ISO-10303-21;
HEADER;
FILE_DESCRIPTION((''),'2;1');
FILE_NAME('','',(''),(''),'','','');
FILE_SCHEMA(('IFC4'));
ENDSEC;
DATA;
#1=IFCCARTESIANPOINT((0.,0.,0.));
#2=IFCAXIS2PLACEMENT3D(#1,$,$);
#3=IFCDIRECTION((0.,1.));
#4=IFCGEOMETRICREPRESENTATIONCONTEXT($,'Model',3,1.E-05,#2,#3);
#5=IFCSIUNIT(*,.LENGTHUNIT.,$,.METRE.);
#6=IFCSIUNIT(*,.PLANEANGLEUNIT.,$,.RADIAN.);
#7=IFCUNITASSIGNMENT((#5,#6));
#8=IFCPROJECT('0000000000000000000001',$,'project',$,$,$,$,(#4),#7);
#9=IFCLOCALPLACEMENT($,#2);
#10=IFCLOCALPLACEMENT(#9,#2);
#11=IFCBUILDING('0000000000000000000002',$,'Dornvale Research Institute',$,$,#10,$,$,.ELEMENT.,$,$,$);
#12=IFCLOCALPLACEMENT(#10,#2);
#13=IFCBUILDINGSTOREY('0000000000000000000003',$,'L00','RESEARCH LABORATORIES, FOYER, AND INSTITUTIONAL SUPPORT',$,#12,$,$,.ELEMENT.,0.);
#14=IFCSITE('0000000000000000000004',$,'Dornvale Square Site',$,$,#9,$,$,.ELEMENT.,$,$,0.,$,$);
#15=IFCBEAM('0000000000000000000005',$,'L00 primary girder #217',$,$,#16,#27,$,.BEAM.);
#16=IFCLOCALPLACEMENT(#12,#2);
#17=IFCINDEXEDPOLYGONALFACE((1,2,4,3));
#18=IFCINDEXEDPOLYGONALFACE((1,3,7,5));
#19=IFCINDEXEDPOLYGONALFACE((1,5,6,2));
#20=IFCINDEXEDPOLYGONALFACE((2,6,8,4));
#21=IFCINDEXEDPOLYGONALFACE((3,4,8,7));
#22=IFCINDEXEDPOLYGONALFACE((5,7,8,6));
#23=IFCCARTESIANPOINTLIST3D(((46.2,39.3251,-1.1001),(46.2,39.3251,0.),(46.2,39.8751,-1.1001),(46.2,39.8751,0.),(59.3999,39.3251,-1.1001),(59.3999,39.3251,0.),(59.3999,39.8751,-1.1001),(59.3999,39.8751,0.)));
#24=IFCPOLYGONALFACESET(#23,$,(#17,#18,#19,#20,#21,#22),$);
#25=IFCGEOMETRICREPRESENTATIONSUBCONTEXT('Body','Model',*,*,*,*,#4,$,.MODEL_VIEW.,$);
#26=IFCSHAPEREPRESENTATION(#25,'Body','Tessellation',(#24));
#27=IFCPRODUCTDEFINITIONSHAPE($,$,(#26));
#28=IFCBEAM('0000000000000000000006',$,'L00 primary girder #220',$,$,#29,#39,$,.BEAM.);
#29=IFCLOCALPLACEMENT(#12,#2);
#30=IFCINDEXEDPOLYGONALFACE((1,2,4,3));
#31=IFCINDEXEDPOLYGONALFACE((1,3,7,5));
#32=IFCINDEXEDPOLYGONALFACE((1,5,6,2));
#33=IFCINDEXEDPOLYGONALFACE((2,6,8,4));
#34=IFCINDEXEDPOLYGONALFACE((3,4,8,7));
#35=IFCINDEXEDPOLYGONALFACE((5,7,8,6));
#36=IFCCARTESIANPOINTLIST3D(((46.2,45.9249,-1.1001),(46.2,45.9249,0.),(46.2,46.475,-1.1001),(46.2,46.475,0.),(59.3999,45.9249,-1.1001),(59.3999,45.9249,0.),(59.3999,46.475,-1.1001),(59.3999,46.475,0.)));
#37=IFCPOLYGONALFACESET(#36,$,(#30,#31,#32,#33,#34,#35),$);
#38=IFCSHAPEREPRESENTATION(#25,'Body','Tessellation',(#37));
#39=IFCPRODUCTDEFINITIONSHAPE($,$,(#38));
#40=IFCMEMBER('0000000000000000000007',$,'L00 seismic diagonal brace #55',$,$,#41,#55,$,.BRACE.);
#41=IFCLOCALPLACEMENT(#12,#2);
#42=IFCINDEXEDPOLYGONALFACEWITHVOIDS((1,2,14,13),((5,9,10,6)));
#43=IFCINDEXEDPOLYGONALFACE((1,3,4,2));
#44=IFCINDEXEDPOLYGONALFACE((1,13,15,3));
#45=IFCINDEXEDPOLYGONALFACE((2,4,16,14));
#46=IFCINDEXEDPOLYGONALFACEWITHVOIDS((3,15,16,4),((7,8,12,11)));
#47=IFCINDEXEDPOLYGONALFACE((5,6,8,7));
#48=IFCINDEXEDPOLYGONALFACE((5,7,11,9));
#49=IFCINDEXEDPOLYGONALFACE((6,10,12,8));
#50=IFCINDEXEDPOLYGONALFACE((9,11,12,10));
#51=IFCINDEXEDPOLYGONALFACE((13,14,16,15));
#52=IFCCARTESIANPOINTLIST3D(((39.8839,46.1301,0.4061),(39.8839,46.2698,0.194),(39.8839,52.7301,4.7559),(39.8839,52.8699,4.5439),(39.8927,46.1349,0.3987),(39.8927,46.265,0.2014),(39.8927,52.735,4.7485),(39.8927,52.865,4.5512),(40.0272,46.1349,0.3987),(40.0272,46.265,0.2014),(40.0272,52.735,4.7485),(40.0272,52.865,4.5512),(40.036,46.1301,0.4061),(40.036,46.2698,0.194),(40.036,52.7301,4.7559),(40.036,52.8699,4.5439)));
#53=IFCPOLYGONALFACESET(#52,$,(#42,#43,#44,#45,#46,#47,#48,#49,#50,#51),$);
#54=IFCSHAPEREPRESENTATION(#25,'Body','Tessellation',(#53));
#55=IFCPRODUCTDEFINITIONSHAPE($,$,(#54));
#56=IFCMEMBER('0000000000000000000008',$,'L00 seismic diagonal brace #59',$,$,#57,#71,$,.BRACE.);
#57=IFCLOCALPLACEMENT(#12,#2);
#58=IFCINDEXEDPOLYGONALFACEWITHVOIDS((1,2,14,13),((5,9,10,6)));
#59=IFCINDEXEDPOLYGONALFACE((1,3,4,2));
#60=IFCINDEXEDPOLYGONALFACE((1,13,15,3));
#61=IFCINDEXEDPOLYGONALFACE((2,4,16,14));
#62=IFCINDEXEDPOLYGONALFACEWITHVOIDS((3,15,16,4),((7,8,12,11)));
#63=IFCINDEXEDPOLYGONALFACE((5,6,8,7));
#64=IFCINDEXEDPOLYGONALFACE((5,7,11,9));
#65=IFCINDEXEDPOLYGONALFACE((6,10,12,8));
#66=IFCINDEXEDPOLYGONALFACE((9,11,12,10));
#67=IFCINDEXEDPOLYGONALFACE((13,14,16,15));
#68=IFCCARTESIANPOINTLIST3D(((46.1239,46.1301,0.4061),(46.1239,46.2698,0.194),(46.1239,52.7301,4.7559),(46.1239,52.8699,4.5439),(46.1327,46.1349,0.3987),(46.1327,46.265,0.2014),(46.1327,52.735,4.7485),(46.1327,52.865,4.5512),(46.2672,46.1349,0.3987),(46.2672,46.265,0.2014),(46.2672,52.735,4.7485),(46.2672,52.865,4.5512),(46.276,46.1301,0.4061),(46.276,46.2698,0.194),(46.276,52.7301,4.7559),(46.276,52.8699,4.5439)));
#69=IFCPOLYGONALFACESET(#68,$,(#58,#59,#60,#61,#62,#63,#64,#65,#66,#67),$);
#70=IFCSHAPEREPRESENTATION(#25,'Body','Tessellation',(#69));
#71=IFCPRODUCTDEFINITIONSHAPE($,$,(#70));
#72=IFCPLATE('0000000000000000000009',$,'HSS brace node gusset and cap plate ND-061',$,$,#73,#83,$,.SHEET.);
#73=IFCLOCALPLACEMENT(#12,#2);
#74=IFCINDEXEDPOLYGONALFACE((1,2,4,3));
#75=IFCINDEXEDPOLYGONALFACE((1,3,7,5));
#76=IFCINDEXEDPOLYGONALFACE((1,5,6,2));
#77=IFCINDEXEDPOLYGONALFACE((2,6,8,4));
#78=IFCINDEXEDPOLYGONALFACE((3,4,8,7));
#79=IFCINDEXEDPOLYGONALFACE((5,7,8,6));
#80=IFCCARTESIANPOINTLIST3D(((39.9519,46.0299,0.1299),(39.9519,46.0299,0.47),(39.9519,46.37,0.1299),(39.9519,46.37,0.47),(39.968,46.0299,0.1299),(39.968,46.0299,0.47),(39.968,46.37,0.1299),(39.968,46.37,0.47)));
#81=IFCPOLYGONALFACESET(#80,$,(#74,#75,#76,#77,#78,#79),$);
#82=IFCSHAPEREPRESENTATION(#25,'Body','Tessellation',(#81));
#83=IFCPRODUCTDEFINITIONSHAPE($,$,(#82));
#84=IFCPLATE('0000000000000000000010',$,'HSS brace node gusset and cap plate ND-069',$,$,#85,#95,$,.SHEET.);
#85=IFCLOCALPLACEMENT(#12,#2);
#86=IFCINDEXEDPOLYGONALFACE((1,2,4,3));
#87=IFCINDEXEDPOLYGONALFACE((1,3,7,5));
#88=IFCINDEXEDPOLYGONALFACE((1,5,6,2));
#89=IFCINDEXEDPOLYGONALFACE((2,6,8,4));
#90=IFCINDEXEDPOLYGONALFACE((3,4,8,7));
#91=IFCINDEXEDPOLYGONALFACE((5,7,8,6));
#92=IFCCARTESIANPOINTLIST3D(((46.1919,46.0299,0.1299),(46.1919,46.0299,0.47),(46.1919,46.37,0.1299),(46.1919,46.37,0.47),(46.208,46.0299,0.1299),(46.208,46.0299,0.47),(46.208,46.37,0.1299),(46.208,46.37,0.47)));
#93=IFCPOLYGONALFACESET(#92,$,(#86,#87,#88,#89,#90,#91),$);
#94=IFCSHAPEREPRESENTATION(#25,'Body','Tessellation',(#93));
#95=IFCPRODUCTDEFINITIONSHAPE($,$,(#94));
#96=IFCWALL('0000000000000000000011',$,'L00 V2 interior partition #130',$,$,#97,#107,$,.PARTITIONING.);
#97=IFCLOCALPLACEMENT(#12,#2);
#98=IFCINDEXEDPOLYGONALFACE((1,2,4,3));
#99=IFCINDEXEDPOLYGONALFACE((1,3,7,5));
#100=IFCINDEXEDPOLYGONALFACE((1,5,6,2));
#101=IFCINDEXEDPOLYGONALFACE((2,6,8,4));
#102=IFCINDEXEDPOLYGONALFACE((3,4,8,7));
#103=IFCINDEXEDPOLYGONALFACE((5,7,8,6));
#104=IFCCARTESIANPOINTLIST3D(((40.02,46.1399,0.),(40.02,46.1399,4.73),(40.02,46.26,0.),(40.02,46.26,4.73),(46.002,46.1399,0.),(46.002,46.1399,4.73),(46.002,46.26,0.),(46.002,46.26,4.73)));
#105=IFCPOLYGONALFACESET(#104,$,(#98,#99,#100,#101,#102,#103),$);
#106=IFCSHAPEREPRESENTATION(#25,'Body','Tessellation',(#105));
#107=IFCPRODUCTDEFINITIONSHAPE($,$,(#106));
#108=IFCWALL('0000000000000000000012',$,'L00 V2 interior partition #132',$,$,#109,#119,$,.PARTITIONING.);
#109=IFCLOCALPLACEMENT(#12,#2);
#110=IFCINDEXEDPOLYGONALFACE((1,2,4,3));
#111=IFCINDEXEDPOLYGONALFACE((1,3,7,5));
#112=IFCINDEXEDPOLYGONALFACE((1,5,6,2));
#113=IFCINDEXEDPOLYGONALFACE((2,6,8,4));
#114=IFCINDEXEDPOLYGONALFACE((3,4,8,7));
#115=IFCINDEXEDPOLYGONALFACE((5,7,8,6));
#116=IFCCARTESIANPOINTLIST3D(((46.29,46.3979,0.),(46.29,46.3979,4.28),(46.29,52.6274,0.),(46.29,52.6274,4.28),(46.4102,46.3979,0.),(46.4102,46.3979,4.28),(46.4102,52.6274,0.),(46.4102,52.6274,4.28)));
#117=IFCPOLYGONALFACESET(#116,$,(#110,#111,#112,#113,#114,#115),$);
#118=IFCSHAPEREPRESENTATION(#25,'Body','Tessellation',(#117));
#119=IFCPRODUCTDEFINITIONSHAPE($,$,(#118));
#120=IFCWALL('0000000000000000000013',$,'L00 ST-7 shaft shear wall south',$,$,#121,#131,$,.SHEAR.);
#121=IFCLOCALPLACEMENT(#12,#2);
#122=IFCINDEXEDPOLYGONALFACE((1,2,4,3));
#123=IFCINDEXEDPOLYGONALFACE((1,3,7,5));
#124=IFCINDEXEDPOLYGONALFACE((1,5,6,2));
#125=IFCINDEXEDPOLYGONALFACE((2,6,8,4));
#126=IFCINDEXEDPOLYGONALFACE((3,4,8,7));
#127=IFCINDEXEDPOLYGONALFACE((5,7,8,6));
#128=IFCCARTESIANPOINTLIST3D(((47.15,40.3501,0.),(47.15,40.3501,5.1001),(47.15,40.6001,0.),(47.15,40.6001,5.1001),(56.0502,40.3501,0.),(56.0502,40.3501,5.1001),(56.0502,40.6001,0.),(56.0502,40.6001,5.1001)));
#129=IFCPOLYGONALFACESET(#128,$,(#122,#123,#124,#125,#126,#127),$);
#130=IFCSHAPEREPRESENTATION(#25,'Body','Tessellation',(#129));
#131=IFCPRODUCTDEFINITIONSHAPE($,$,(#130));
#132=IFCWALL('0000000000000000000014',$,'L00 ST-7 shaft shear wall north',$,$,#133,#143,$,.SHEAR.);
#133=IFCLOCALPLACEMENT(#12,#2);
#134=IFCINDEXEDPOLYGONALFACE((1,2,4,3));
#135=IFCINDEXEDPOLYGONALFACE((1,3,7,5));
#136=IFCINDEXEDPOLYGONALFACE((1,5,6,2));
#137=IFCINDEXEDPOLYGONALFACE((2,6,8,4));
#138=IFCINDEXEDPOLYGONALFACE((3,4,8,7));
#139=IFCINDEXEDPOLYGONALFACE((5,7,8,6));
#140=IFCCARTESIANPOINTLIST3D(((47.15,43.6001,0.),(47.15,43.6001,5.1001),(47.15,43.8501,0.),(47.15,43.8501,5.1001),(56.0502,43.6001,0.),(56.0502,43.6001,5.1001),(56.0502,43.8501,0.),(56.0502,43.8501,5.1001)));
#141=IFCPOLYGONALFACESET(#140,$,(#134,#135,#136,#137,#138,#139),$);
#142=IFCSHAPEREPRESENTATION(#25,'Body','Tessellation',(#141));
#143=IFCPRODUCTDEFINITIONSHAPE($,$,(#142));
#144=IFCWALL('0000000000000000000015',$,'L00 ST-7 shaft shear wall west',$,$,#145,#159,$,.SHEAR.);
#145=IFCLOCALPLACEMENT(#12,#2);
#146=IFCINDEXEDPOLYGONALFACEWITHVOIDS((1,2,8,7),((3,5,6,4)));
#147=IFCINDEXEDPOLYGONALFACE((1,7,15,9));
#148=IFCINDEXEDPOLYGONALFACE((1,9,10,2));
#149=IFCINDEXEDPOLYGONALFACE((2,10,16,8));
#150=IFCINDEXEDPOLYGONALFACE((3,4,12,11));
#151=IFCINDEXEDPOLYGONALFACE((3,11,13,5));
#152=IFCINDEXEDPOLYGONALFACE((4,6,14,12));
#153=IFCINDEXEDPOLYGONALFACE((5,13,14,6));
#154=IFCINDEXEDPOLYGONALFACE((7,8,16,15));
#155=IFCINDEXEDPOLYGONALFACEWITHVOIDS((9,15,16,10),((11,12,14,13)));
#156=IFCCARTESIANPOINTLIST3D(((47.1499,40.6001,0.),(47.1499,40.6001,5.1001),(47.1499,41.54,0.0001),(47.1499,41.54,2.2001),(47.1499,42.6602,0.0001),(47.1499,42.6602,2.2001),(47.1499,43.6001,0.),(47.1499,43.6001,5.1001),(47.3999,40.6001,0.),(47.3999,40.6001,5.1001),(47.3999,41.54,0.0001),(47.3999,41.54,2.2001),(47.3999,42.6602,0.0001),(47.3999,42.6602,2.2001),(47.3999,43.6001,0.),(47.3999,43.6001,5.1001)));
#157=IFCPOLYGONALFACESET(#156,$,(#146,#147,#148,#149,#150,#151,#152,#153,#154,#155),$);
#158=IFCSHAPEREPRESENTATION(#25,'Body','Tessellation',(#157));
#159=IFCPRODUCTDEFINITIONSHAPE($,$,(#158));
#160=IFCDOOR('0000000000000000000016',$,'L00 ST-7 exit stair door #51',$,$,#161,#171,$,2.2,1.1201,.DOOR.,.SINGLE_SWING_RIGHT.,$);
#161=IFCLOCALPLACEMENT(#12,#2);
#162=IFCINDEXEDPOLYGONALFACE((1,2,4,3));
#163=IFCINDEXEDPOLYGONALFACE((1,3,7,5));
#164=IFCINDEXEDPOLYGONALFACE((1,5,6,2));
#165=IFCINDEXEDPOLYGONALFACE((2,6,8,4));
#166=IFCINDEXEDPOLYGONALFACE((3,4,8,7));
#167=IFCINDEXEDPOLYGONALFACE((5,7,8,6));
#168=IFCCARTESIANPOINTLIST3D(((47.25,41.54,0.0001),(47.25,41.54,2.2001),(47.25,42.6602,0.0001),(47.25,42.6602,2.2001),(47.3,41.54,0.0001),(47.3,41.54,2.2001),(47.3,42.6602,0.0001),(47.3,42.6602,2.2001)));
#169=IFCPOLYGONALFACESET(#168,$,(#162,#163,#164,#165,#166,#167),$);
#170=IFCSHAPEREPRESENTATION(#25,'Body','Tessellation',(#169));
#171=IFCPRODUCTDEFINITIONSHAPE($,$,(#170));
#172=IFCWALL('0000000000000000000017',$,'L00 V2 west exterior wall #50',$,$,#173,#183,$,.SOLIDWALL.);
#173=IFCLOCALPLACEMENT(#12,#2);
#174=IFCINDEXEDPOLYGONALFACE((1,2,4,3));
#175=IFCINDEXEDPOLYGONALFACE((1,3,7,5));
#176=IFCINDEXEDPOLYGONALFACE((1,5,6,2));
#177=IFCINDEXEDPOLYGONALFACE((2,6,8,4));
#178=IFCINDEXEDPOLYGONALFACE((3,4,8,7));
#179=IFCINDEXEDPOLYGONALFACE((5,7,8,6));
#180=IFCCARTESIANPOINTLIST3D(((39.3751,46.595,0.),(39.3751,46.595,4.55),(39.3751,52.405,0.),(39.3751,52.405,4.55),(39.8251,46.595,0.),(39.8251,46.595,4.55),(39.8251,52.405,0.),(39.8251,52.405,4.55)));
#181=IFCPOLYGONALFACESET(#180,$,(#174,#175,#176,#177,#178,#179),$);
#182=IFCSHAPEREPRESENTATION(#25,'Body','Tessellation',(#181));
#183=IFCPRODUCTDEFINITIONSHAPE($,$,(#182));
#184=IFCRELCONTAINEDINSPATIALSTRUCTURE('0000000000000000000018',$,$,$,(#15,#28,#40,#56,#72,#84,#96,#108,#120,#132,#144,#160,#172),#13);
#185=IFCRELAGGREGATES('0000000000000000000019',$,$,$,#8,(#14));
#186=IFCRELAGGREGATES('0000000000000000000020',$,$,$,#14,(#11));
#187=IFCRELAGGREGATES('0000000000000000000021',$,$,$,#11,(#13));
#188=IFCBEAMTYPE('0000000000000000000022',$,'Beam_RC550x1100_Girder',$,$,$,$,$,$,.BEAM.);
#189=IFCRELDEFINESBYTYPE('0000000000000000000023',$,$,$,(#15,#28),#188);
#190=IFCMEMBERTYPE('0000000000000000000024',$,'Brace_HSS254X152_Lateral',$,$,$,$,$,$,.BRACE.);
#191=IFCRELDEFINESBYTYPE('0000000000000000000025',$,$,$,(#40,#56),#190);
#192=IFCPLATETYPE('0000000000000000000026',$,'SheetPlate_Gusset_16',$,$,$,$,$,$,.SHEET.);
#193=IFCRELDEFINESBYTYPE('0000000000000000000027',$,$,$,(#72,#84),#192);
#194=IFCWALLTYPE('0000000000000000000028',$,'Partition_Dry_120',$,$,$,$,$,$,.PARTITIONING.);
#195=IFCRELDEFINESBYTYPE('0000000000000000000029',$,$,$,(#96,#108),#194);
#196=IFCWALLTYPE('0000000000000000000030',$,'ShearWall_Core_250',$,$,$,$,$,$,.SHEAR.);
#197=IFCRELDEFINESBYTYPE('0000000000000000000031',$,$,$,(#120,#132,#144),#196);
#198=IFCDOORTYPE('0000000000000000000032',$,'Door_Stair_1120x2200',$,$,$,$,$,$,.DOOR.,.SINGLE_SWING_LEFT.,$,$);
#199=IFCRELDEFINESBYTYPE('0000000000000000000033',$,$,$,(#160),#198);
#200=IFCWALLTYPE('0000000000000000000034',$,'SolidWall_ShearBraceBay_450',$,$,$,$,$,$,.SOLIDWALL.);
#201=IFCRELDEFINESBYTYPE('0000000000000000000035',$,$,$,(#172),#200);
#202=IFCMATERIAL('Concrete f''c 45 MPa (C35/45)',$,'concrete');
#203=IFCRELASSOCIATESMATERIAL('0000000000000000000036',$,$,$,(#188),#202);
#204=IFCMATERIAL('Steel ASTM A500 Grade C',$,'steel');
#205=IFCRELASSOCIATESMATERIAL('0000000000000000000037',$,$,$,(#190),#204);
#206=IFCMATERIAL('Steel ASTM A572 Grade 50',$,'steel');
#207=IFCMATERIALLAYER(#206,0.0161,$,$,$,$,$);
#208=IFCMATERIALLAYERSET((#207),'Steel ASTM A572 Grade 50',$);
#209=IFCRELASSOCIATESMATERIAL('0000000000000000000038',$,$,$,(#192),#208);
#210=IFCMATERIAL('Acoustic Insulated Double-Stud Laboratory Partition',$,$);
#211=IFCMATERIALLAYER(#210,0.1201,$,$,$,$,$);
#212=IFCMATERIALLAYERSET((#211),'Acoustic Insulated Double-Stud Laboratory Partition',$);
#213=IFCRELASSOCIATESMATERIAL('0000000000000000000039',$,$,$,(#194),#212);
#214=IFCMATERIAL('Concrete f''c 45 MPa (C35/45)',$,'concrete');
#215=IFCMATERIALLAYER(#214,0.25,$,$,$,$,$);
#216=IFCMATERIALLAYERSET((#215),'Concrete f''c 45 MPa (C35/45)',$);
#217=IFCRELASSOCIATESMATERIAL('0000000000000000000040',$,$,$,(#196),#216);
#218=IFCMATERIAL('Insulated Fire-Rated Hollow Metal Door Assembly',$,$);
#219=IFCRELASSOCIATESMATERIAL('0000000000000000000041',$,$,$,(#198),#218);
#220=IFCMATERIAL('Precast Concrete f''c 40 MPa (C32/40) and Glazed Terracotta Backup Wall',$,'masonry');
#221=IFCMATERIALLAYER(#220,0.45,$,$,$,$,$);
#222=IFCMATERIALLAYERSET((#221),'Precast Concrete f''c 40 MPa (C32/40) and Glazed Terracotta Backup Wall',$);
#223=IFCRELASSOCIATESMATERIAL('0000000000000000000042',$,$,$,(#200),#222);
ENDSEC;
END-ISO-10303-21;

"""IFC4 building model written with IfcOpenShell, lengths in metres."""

from ifc_helpers import new_model, si_unit, direction, frame, frame_2d, origin, origin_2d, place, context, subcontext, project, spatial, rectangle, hollow_rectangle, extrude, material, layer, layer_set, material_profile, profile_set, type_object, element, fill, save


model = new_model("IFC4")

# Units and contexts
model_context = context("Model", 3, precision=1e-05, world=origin(), true_north=direction((0.0, 1.0)))
body_context = subcontext(model_context, "Body", "Model", "MODEL_VIEW")
ifc_project = project(units=[si_unit("LENGTHUNIT", "METRE"), si_unit("PLANEANGLEUNIT", "RADIAN")], contexts=[model_context])

# Site, building, storey
site_placement = place(None, origin())
site = spatial("IfcSite", under=ifc_project, at=site_placement, Name="Dornvale Square Site", CompositionType="ELEMENT", RefElevation=0.0)
building_placement = place(site_placement, origin())
building = spatial("IfcBuilding", under=site, at=building_placement, Name="Dornvale Research Institute", CompositionType="ELEMENT")
storey_placement = place(building_placement, origin())
storey = spatial("IfcBuildingStorey", under=building, at=storey_placement, Name="L00", Description="RESEARCH LABORATORIES, FOYER, AND INSTITUTIONAL SUPPORT", CompositionType="ELEMENT", Elevation=0.0)

# Beams
ifc_material_1 = material(Name="Concrete f'c 45 MPa (C35/45)", Category="concrete")
ifc_material_profile_1 = material_profile(ifc_material_1, rectangle(XDim=0.55, YDim=1.1001, at=origin_2d()), Name="RC 550x1100")
ifc_profile_set_1 = profile_set([ifc_material_profile_1], Name="Concrete f'c 45 MPa (C35/45)")
beam_type_1 = type_object("IfcBeamType", Name="Beam_RC550x1100_Girder", PredefinedType="BEAM", material=ifc_profile_set_1)
for number, where, z_axis, x_axis, name in (
    (1, (46.2, 39.6001, -0.55), (1.0, 0.0, 0.0), (0.0, 1.0, 0.0), "L00 primary girder #217"),
    (2, (46.2, 46.2, -0.55), (1.0, 0.0, 0.0), (0.0, 1.0, 0.0), "L00 primary girder #220"),
):
    element("IfcBeam", number, at=place(storey_placement, frame(where, z_axis=z_axis, x_axis=x_axis)), inside=storey, type_object=beam_type_1, Name=name, PredefinedType="BEAM", context=body_context, shape_type="SweptSolid", body=[
        extrude(rectangle(XDim=0.55, YDim=1.1001, at=origin_2d()), origin(), (0.0, 0.0, 1.0), 13.2),
    ])

# Members
ifc_material_2 = material(Name="Steel ASTM A500 Grade C", Category="steel")
ifc_material_profile_2 = material_profile(ifc_material_2, hollow_rectangle(XDim=0.1521, YDim=0.2539, WallThickness=0.0088, at=origin_2d()), Name="HSS254X152X9.5")
ifc_profile_set_2 = profile_set([ifc_material_profile_2], Name="Steel ASTM A500 Grade C")
member_type = type_object("IfcMemberType", Name="Brace_HSS254X152_Lateral", PredefinedType="BRACE", material=ifc_profile_set_2)
for number, where, z_axis, x_axis, name in (
    (3, (39.96, 46.2, 0.3), (0.0, 0.83497, 0.550295), (-1.0, 0.0, 0.0), "L00 seismic diagonal brace #55"),
    (4, (46.2, 46.2, 0.3), (0.0, 0.83497, 0.550295), (-1.0, 0.0, 0.0), "L00 seismic diagonal brace #59"),
):
    element("IfcMember", number, at=place(storey_placement, frame(where, z_axis=z_axis, x_axis=x_axis)), inside=storey, type_object=member_type, Name=name, PredefinedType="BRACE", context=body_context, shape_type="SweptSolid", body=[
        extrude(hollow_rectangle(XDim=0.1521, YDim=0.2539, WallThickness=0.0088, at=origin_2d()), origin(), (0.0, 0.0, 1.0), 7.9045),
    ])

# Plates
ifc_material_3 = material(Name="Steel ASTM A572 Grade 50", Category="steel")
ifc_layer_1 = layer(ifc_material_3, 0.0161)
ifc_layer_set_1 = layer_set([ifc_layer_1], Name="Steel ASTM A572 Grade 50")
plate_type = type_object("IfcPlateType", Name="SheetPlate_Gusset_16", PredefinedType="SHEET", material=ifc_layer_set_1)
for number, where, z_axis, x_axis, name in (
    (5, (39.96, 46.2, 0.1299), (0.0, 0.0, 1.0), (0.0, 1.0, 0.0), "HSS brace node gusset and cap plate ND-061"),
    (6, (46.2, 46.2, 0.1299), (0.0, 0.0, 1.0), (0.0, 1.0, 0.0), "HSS brace node gusset and cap plate ND-069"),
):
    element("IfcPlate", number, at=place(storey_placement, frame(where, z_axis=z_axis, x_axis=x_axis)), inside=storey, type_object=plate_type, Name=name, PredefinedType="SHEET", context=body_context, shape_type="SweptSolid", body=[
        extrude(rectangle(XDim=0.3401, YDim=0.0161, at=origin_2d()), origin(), (0.0, 0.0, 1.0), 0.3401),
    ])

# Walls
ifc_material_4 = material(Name="Acoustic Insulated Double-Stud Laboratory Partition")
ifc_layer_2 = layer(ifc_material_4, 0.1201)
ifc_layer_set_2 = layer_set([ifc_layer_2], Name="Acoustic Insulated Double-Stud Laboratory Partition")
wall_type_1 = type_object("IfcWallType", Name="Partition_Dry_120", PredefinedType="PARTITIONING", material=ifc_layer_set_2)
wall_1_placement = place(storey_placement, frame((40.02, 46.2, 0.0), z_axis=(0.0, 0.0, 1.0), x_axis=(1.0, 0.0, 0.0)))
element("IfcWall", 7, at=wall_1_placement, inside=storey, type_object=wall_type_1, Name="L00 V2 interior partition #130", PredefinedType="PARTITIONING", context=body_context, shape_type="SweptSolid", body=[
    extrude(rectangle(XDim=5.9819, YDim=0.1201, at=frame_2d((2.991, 0.0))), origin(), (0.0, 0.0, 1.0), 4.73),
])
wall_2_placement = place(storey_placement, frame((46.3501, 46.3979, 0.0), z_axis=(0.0, 0.0, 1.0), x_axis=(0.0, 1.0, 0.0)))
element("IfcWall", 8, at=wall_2_placement, inside=storey, type_object=wall_type_1, Name="L00 V2 interior partition #132", PredefinedType="PARTITIONING", context=body_context, shape_type="SweptSolid", body=[
    extrude(rectangle(XDim=6.2295, YDim=0.1201, at=frame_2d((3.1147, 0.0))), origin(), (0.0, 0.0, 1.0), 4.28),
])
ifc_material_5 = material(Name="Concrete f'c 45 MPa (C35/45)", Category="concrete")
ifc_layer_3 = layer(ifc_material_5, 0.25)
ifc_layer_set_3 = layer_set([ifc_layer_3], Name="Concrete f'c 45 MPa (C35/45)")
wall_type_2 = type_object("IfcWallType", Name="ShearWall_Core_250", PredefinedType="SHEAR", material=ifc_layer_set_3)
for number, where, z_axis, x_axis, name in (
    (9, (47.1499, 40.4751, 0.0), (0.0, 0.0, 1.0), (1.0, 0.0, 0.0), "L00 ST-7 shaft shear wall south"),
    (10, (47.1499, 43.7251, 0.0), (0.0, 0.0, 1.0), (1.0, 0.0, 0.0), "L00 ST-7 shaft shear wall north"),
):
    element("IfcWall", number, at=place(storey_placement, frame(where, z_axis=z_axis, x_axis=x_axis)), inside=storey, type_object=wall_type_2, Name=name, PredefinedType="SHEAR", context=body_context, shape_type="SweptSolid", body=[
        extrude(rectangle(XDim=8.9001, YDim=0.25, at=frame_2d((4.4502, 0.0))), origin(), (0.0, 0.0, 1.0), 5.1001),
    ])

# Wall, opening, door
wall_3_placement = place(storey_placement, frame((47.2749, 40.6001, 0.0), z_axis=(0.0, 0.0, 1.0), x_axis=(0.0, 1.0, 0.0)))
wall_3 = element("IfcWall", 11, at=wall_3_placement, inside=storey, type_object=wall_type_2, Name="L00 ST-7 shaft shear wall west", PredefinedType="SHEAR", context=body_context, shape_type="SweptSolid", body=[
    extrude(rectangle(XDim=3.0, YDim=0.25, at=frame_2d((1.5, 0.0))), origin(), (0.0, 0.0, 1.0), 5.1001),
])
opening_1_placement = place(wall_3_placement, frame((0.9399, 0.0, 0.0)))
opening_1 = element("IfcOpeningElement", 12, at=opening_1_placement, cuts=wall_3, PredefinedType="OPENING", context=body_context, shape_type="SweptSolid", body=[
    extrude(rectangle(XDim=1.1201, YDim=2.2, at=frame_2d((0.5601, 1.1001))), frame((0.0, 0.1399, 0.0), z_axis=(0.0, -1.0, 0.0), x_axis=(1.0, 0.0, 0.0)), (0.0, 0.0, 1.0), 0.28),
])
ifc_material_6 = material(Name="Insulated Fire-Rated Hollow Metal Door Assembly")
door_type_1 = type_object("IfcDoorType", Name="Door_Stair_1120x2200", OperationType="SINGLE_SWING_LEFT", PredefinedType="DOOR", material=ifc_material_6)
door_1_placement = place(opening_1_placement, origin())
door_1 = element("IfcDoor", 13, at=door_1_placement, inside=storey, type_object=door_type_1, Name="L00 ST-7 exit stair door #51", OperationType="SINGLE_SWING_RIGHT", OverallHeight=2.2, OverallWidth=1.1201, PredefinedType="DOOR", context=body_context, shape_type="SweptSolid", body=[
    extrude(rectangle(XDim=1.1201, YDim=2.2, at=frame_2d((0.5601, 1.1001))), frame((0.0, 0.0249, 0.0), z_axis=(0.0, -1.0, 0.0), x_axis=(1.0, 0.0, 0.0)), (0.0, 0.0, 1.0), 0.05),
])
fill(opening_1, door_1)

# Wall
ifc_material_7 = material(Name="Precast Concrete f'c 40 MPa (C32/40) and Glazed Terracotta Backup Wall", Category="masonry")
ifc_layer_4 = layer(ifc_material_7, 0.45)
ifc_layer_set_4 = layer_set([ifc_layer_4], Name="Precast Concrete f'c 40 MPa (C32/40) and Glazed Terracotta Backup Wall")
wall_type_3 = type_object("IfcWallType", Name="SolidWall_ShearBraceBay_450", PredefinedType="SOLIDWALL", material=ifc_layer_set_4)
wall_4_placement = place(storey_placement, frame((39.6001, 46.595, 0.0), z_axis=(0.0, 0.0, 1.0), x_axis=(0.0, 1.0, 0.0)))
element("IfcWall", 14, at=wall_4_placement, inside=storey, type_object=wall_type_3, Name="L00 V2 west exterior wall #50", PredefinedType="SOLIDWALL", context=body_context, shape_type="SweptSolid", body=[
    extrude(rectangle(XDim=5.8101, YDim=0.45, at=frame_2d((2.905, 0.0))), origin(), (0.0, 0.0, 1.0), 4.55),
])

save(model, "model.ifc")
